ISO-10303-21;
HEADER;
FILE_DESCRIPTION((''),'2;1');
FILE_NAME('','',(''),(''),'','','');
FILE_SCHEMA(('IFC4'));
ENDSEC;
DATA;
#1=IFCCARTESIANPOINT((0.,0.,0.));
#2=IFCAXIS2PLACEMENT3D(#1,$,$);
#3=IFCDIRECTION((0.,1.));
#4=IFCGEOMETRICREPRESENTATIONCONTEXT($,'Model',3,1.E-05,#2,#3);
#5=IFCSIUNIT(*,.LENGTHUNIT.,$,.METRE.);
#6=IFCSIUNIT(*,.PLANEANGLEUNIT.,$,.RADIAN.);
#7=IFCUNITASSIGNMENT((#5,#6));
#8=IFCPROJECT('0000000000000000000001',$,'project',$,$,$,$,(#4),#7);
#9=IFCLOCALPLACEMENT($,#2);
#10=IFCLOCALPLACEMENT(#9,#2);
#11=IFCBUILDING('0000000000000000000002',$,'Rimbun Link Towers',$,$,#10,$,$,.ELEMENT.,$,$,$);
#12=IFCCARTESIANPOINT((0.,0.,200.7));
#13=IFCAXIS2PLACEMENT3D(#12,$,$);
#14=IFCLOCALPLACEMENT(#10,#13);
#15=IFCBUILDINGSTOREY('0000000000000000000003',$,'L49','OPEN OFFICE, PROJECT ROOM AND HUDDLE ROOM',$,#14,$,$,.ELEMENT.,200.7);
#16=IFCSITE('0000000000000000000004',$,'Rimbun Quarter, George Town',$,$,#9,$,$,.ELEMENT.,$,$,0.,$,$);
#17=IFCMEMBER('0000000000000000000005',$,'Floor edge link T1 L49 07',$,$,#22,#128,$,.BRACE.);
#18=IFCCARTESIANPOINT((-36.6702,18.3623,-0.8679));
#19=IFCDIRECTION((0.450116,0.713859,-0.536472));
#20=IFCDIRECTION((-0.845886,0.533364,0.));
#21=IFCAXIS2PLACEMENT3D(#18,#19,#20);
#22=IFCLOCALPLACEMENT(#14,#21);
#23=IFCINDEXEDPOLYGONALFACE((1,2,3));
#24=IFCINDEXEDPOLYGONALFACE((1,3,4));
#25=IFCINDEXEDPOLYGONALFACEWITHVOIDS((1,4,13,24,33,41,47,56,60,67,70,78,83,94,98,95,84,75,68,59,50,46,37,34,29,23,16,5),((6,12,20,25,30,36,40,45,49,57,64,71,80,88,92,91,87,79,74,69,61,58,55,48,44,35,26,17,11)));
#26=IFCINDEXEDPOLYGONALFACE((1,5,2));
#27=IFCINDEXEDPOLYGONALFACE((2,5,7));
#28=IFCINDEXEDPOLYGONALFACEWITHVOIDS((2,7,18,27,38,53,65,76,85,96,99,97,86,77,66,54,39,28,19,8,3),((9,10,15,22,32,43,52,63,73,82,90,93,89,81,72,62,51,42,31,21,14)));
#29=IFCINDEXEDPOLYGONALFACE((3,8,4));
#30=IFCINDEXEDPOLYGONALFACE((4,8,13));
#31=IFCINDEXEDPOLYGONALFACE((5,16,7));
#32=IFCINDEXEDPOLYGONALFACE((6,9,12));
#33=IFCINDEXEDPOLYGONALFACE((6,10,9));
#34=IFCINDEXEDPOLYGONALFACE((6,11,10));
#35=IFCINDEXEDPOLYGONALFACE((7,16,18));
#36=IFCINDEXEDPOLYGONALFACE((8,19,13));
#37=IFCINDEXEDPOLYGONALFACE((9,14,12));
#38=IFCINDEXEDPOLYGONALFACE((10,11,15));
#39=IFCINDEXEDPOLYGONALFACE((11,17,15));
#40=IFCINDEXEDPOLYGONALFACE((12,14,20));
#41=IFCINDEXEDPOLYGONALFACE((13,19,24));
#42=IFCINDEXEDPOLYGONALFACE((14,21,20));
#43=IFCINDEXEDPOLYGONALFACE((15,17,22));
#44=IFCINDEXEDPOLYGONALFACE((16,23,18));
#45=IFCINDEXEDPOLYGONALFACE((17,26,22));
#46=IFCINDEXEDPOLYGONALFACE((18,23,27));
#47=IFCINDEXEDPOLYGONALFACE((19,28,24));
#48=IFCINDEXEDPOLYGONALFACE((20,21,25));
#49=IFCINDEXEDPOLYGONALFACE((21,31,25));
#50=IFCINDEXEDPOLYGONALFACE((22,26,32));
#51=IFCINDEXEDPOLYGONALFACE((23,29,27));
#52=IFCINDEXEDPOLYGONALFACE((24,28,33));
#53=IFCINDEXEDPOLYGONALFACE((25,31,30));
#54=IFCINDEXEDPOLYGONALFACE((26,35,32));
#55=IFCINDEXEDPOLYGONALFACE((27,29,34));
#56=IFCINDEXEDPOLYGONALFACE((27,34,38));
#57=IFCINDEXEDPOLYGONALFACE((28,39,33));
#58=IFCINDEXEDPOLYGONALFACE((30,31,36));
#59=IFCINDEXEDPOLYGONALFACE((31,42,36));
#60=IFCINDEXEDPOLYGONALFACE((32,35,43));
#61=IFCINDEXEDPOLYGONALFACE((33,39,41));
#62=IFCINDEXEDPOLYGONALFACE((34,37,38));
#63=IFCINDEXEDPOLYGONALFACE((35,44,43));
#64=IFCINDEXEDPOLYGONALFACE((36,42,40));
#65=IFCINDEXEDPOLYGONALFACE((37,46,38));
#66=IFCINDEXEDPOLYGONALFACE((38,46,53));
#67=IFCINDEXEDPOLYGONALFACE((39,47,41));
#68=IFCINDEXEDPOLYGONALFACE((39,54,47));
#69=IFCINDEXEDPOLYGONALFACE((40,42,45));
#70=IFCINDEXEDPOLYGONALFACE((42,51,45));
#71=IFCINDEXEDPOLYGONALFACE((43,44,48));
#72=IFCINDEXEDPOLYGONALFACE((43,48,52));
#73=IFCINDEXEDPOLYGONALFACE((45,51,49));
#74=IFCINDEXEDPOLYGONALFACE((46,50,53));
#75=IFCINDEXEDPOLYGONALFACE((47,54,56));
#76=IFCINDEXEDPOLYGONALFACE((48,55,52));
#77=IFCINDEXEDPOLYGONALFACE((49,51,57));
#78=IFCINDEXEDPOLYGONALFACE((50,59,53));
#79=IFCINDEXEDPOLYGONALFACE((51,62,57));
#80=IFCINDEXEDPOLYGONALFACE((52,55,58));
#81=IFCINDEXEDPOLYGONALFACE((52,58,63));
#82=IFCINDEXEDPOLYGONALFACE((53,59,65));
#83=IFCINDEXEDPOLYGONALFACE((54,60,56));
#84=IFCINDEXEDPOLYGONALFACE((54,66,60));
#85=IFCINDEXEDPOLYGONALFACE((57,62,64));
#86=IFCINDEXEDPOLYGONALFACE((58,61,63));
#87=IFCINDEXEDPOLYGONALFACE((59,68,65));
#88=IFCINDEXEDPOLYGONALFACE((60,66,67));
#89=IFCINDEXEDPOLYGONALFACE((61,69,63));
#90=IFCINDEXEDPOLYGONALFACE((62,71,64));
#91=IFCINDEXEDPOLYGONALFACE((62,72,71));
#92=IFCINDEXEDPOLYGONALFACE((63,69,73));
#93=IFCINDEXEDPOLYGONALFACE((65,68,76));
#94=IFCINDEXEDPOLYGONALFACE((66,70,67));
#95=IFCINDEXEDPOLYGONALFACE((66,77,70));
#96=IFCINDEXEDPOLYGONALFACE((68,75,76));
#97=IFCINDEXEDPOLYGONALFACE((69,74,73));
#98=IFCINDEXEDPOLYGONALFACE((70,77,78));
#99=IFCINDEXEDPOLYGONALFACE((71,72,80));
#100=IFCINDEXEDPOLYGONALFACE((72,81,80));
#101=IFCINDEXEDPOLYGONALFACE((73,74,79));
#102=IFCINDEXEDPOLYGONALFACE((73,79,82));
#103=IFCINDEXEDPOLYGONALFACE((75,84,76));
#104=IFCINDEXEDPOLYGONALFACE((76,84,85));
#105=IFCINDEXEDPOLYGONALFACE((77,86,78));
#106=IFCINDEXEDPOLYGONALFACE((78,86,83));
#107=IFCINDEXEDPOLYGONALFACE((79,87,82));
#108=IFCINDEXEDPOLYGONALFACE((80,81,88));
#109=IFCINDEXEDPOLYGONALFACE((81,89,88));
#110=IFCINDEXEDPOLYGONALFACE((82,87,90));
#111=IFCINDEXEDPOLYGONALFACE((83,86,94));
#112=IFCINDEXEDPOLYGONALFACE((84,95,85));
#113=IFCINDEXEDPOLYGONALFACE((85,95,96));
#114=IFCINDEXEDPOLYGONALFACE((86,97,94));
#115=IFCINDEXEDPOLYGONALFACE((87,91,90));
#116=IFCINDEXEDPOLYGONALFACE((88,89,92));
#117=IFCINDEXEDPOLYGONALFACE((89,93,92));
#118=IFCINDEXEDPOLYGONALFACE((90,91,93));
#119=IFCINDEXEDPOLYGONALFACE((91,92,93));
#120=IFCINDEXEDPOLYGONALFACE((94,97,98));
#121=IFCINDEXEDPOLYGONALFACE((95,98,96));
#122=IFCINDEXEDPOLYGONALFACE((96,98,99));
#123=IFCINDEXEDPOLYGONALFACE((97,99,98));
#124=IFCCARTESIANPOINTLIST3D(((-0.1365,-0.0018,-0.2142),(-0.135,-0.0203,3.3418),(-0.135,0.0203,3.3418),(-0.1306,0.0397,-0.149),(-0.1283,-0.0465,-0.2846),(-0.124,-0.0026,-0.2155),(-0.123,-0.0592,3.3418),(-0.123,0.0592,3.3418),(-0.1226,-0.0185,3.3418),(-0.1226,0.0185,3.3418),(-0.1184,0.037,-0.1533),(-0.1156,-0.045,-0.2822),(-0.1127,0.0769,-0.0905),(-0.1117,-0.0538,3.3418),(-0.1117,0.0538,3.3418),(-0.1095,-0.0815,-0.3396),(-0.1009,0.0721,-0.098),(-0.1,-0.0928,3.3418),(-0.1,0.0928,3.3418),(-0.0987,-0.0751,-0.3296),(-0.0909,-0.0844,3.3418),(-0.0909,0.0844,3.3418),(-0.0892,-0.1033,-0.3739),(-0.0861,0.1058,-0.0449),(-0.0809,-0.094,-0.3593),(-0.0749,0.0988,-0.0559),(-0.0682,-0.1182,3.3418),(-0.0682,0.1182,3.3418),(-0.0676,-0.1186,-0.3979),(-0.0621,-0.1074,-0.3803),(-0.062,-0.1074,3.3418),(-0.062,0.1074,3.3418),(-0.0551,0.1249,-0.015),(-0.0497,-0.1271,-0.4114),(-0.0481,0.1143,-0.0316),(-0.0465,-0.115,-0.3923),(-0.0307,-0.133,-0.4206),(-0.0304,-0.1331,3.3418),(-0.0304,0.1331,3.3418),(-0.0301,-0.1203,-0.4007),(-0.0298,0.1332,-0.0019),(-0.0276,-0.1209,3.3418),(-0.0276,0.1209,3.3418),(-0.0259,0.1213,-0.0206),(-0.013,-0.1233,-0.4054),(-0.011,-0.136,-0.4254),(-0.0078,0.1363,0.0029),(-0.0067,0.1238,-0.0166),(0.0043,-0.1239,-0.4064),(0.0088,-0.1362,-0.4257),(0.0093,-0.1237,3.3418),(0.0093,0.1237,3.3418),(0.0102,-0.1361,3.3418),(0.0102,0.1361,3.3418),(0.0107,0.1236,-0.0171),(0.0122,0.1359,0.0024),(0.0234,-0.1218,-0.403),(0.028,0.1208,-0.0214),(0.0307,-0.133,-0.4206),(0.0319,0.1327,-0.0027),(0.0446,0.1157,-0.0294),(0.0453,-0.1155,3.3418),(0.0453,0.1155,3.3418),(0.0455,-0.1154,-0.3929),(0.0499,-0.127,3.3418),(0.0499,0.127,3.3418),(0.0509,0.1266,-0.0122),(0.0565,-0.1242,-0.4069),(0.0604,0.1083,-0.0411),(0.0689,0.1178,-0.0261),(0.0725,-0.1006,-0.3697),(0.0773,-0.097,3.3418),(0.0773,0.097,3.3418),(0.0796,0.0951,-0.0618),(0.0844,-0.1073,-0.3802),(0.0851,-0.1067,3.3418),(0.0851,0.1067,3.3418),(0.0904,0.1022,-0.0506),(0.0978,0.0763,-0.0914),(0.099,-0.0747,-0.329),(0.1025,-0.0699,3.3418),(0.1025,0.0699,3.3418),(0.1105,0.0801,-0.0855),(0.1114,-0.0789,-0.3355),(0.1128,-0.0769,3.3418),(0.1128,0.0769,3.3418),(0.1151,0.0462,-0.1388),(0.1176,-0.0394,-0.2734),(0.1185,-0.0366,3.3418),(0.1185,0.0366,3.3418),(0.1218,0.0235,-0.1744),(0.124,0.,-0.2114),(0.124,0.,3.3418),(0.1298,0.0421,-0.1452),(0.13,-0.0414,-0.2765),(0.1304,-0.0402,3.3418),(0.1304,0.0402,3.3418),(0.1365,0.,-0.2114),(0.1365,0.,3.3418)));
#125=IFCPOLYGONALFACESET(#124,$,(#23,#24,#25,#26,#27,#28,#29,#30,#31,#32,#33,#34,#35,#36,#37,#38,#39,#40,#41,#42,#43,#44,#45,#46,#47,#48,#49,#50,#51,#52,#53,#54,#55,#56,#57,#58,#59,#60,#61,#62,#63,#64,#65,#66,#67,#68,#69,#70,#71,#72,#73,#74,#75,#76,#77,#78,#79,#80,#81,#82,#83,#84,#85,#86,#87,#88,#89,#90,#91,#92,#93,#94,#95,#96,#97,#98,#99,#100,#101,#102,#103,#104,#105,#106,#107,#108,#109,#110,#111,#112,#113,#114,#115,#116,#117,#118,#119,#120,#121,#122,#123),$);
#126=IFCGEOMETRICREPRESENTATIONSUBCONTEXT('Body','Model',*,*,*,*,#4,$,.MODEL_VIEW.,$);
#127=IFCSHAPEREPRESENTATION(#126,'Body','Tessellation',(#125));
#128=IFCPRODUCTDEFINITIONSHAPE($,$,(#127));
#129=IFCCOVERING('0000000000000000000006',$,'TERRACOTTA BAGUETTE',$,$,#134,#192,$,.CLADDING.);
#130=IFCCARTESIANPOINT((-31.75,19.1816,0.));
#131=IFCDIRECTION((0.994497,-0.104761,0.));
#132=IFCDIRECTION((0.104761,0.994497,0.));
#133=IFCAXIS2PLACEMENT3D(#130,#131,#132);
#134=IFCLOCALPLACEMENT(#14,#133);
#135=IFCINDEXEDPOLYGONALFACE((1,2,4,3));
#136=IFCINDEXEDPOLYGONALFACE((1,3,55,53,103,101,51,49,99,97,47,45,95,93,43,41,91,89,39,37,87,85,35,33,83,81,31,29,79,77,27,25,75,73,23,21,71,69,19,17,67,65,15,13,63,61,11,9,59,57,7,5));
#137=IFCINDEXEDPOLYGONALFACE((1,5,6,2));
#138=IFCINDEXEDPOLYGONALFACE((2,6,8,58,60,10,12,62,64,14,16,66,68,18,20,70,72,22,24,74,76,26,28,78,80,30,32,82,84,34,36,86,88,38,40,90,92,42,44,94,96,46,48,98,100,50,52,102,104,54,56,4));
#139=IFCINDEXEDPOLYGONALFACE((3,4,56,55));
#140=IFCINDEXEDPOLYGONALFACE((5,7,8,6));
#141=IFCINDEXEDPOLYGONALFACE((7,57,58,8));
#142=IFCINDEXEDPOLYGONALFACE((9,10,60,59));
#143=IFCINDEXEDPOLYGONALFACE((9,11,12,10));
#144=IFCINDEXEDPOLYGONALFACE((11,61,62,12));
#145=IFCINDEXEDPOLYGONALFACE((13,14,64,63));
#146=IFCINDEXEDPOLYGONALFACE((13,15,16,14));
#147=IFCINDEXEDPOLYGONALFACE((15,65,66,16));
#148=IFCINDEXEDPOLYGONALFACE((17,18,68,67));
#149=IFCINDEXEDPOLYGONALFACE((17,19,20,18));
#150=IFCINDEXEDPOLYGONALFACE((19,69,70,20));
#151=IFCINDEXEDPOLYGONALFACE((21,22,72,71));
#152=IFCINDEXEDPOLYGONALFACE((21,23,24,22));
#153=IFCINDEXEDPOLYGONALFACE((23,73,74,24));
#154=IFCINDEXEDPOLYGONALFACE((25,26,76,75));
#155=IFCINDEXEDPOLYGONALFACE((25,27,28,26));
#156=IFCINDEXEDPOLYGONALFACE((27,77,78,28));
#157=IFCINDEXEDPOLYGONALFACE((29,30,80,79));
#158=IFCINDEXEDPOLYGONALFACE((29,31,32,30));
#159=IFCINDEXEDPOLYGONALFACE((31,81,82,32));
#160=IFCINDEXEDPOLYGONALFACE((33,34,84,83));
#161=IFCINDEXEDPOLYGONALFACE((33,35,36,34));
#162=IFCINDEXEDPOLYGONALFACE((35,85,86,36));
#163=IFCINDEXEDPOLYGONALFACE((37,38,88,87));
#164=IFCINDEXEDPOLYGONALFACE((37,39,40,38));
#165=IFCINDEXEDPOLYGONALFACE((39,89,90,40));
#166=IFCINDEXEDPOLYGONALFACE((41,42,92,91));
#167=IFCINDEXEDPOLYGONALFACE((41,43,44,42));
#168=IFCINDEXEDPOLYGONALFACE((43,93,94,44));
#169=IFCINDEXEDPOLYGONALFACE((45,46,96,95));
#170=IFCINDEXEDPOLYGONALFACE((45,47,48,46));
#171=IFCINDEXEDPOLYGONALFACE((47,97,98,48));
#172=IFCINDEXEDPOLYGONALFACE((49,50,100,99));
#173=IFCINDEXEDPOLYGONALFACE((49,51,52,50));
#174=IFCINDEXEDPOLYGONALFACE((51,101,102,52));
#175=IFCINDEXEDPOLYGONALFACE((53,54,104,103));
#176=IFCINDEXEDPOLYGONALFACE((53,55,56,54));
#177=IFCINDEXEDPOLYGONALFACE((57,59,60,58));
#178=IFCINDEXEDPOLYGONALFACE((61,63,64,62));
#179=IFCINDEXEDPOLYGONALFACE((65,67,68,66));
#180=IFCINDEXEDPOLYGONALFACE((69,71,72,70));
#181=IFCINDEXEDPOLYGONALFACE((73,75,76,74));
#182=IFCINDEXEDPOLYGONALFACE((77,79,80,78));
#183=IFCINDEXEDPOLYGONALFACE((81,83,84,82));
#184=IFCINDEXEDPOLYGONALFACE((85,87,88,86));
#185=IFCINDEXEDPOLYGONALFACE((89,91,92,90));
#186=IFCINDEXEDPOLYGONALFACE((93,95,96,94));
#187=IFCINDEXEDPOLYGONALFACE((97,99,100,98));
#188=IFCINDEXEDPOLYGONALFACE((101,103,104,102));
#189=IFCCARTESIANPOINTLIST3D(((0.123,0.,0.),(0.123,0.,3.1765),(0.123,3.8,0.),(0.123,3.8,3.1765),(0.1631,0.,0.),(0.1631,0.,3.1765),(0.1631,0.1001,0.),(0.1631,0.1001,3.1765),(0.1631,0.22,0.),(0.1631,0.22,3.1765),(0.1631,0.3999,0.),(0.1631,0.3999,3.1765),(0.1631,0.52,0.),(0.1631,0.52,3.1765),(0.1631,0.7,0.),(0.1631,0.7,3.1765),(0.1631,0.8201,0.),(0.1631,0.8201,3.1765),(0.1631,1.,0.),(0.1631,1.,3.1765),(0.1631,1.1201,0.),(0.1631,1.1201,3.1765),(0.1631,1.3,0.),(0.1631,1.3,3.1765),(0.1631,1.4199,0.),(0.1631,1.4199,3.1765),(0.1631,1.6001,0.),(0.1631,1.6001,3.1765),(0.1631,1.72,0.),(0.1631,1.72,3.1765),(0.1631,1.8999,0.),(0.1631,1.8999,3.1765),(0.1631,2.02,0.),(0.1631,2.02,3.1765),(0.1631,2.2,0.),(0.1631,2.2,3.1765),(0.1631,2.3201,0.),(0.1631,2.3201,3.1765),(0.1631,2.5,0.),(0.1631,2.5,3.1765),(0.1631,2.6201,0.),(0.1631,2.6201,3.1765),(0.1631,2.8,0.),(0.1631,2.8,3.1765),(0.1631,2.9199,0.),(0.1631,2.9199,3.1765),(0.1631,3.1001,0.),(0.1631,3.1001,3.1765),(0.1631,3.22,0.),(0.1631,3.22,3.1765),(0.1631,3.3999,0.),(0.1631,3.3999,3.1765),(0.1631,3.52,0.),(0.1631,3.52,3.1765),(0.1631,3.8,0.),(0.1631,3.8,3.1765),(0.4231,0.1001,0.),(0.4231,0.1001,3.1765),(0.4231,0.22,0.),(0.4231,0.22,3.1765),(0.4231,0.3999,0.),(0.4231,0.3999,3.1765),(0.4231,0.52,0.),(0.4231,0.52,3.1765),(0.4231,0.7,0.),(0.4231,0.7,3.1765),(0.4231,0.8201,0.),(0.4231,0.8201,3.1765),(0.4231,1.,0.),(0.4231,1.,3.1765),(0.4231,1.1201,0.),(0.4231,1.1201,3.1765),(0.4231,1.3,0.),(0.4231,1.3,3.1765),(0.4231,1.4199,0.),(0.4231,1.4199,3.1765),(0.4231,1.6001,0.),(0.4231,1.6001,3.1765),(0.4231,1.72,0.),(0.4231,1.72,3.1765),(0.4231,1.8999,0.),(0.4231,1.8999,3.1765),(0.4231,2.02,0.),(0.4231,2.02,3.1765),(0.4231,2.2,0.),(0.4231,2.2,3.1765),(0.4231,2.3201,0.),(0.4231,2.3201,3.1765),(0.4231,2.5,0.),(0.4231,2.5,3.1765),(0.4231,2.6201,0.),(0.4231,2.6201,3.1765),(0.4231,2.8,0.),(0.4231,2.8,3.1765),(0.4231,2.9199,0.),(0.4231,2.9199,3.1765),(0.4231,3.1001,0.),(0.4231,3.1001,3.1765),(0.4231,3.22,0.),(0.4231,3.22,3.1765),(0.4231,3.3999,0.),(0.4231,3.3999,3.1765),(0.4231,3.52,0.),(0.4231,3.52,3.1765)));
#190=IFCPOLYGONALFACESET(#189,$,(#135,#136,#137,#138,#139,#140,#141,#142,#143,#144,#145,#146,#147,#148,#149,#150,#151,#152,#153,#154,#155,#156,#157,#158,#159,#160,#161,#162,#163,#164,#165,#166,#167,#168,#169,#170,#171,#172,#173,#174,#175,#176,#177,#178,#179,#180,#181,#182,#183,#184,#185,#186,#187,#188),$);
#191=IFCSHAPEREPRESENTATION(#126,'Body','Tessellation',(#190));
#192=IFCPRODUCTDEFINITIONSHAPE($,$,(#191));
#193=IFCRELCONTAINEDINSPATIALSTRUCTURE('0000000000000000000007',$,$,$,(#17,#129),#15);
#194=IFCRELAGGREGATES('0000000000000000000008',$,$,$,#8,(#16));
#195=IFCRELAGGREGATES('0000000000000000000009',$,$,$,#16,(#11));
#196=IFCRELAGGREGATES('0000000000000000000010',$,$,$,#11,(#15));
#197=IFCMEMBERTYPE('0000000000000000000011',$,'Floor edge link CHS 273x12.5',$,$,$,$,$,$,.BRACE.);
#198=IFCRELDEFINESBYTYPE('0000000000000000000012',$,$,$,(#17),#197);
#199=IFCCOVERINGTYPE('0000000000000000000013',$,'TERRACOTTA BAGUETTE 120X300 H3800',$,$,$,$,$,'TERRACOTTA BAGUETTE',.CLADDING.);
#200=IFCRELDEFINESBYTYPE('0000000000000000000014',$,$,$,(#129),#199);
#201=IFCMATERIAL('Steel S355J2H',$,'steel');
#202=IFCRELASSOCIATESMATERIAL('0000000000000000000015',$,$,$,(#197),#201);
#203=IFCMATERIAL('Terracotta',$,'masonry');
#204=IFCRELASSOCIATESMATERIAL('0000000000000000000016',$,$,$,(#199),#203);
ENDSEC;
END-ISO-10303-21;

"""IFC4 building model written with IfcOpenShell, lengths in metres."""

from ifc_helpers import new_model, si_unit, direction, frame, origin, origin_2d, place, context, subcontext, project, spatial, polyline, hollow_circle, outline, extrude, clip, halfspace, material, material_profile, profile_set, type_object, element, save


model = new_model("IFC4")

# Units and contexts
model_context = context("Model", 3, precision=1e-05, world=origin(), true_north=direction((0.0, 1.0)))
body_context = subcontext(model_context, "Body", "Model", "MODEL_VIEW")
ifc_project = project(units=[si_unit("LENGTHUNIT", "METRE"), si_unit("PLANEANGLEUNIT", "RADIAN")], contexts=[model_context])

# Site, building, storey
site_placement = place(None, origin())
site = spatial("IfcSite", under=ifc_project, at=site_placement, Name="Rimbun Quarter, George Town", CompositionType="ELEMENT", RefElevation=0.0)
building_placement = place(site_placement, origin())
building = spatial("IfcBuilding", under=site, at=building_placement, Name="Rimbun Link Towers", CompositionType="ELEMENT")
storey_placement = place(building_placement, frame((0.0, 0.0, 200.7)))
storey = spatial("IfcBuildingStorey", under=building, at=storey_placement, Name="L49", Description="OPEN OFFICE, PROJECT ROOM AND HUDDLE ROOM", CompositionType="ELEMENT", Elevation=200.7)

# Member
ifc_material_1 = material(Name="Steel S355J2H", Category="steel")
ifc_material_profile_1 = material_profile(ifc_material_1, hollow_circle(Radius=0.1365, WallThickness=0.0125, at=origin_2d()), Name="CHS 273x12.5")
ifc_profile_set_1 = profile_set([ifc_material_profile_1], Name="Steel S355J2H")
member_type_1 = type_object("IfcMemberType", Name="Floor edge link CHS 273x12.5", PredefinedType="BRACE", material=ifc_profile_set_1)
member_1_placement = place(storey_placement, frame((-36.6702, 18.3623, -0.8679), z_axis=(0.450116, 0.713859, -0.536472), x_axis=(-0.845886, 0.533364, 0.0)))
element("IfcMember", 1, at=member_1_placement, inside=storey, type_object=member_type_1, Name="Floor edge link T1 L49 07", PredefinedType="BRACE", context=body_context, shape_type="Clipping", body=[
    clip(extrude(hollow_circle(Radius=0.1365, WallThickness=0.0125, at=origin_2d()), frame((0.0, 0.0, -0.448)), (0.0, 0.0, 1.0), 3.7898), halfspace(frame((0.0, 0.0, -0.2114), z_axis=(0.0, 0.843918, -0.536472)), False)),
])

# Covering
ifc_material_2 = material(Name="Terracotta", Category="masonry")
ifc_material_profile_2 = material_profile(ifc_material_2, outline(polyline([(0.123, 0.0), (0.1631, 0.0), (0.1631, 0.1001), (0.4231, 0.1001), (0.4231, 0.22), (0.1631, 0.22), (0.1631, 0.3999), (0.4231, 0.3999), (0.4231, 0.52), (0.1631, 0.52), (0.1631, 0.7), (0.4231, 0.7), (0.4231, 0.8201), (0.1631, 0.8201), (0.1631, 1.0), (0.4231, 1.0), (0.4231, 1.1201), (0.1631, 1.1201), (0.1631, 1.3), (0.4231, 1.3), (0.4231, 1.4199), (0.1631, 1.4199), (0.1631, 1.6001), (0.4231, 1.6001), (0.4231, 1.72), (0.1631, 1.72), (0.1631, 1.8999), (0.4231, 1.8999), (0.4231, 2.02), (0.1631, 2.02), (0.1631, 2.2), (0.4231, 2.2), (0.4231, 2.3201), (0.1631, 2.3201), (0.1631, 2.5), (0.4231, 2.5), (0.4231, 2.6201), (0.1631, 2.6201), (0.1631, 2.8), (0.4231, 2.8), (0.4231, 2.9199), (0.1631, 2.9199), (0.1631, 3.1001), (0.4231, 3.1001), (0.4231, 3.22), (0.1631, 3.22), (0.1631, 3.3999), (0.4231, 3.3999), (0.4231, 3.52), (0.1631, 3.52), (0.1631, 3.8), (0.123, 3.8), (0.123, 0.0)])), Name="BAGUETTE 120X300")
ifc_profile_set_2 = profile_set([ifc_material_profile_2], Name="Terracotta")
covering_type = type_object("IfcCoveringType", Name="TERRACOTTA BAGUETTE 120X300 H3800", ElementType="TERRACOTTA BAGUETTE", PredefinedType="CLADDING", material=ifc_profile_set_2)
for number, where, z_axis, x_axis, name in (
    (2, (-31.75, 19.1816, 0.0), (0.994497, -0.104761, 0.0), (0.104761, 0.994497, 0.0), "TERRACOTTA BAGUETTE"),
):
    element("IfcCovering", number, at=place(storey_placement, frame(where, z_axis=z_axis, x_axis=x_axis)), inside=storey, type_object=covering_type, Name=name, PredefinedType="CLADDING", context=body_context, shape_type="SweptSolid", body=[
        extrude(outline(polyline([(0.123, 0.0), (0.1631, 0.0), (0.1631, 0.1001), (0.4231, 0.1001), (0.4231, 0.22), (0.1631, 0.22), (0.1631, 0.3999), (0.4231, 0.3999), (0.4231, 0.52), (0.1631, 0.52), (0.1631, 0.7), (0.4231, 0.7), (0.4231, 0.8201), (0.1631, 0.8201), (0.1631, 1.0), (0.4231, 1.0), (0.4231, 1.1201), (0.1631, 1.1201), (0.1631, 1.3), (0.4231, 1.3), (0.4231, 1.4199), (0.1631, 1.4199), (0.1631, 1.6001), (0.4231, 1.6001), (0.4231, 1.72), (0.1631, 1.72), (0.1631, 1.8999), (0.4231, 1.8999), (0.4231, 2.02), (0.1631, 2.02), (0.1631, 2.2), (0.4231, 2.2), (0.4231, 2.3201), (0.1631, 2.3201), (0.1631, 2.5), (0.4231, 2.5), (0.4231, 2.6201), (0.1631, 2.6201), (0.1631, 2.8), (0.4231, 2.8), (0.4231, 2.9199), (0.1631, 2.9199), (0.1631, 3.1001), (0.4231, 3.1001), (0.4231, 3.22), (0.1631, 3.22), (0.1631, 3.3999), (0.4231, 3.3999), (0.4231, 3.52), (0.1631, 3.52), (0.1631, 3.8), (0.123, 3.8), (0.123, 0.0)])), origin(), (0.0, 0.0, 1.0), 3.1765),
    ])

save(model, "model.ifc")
